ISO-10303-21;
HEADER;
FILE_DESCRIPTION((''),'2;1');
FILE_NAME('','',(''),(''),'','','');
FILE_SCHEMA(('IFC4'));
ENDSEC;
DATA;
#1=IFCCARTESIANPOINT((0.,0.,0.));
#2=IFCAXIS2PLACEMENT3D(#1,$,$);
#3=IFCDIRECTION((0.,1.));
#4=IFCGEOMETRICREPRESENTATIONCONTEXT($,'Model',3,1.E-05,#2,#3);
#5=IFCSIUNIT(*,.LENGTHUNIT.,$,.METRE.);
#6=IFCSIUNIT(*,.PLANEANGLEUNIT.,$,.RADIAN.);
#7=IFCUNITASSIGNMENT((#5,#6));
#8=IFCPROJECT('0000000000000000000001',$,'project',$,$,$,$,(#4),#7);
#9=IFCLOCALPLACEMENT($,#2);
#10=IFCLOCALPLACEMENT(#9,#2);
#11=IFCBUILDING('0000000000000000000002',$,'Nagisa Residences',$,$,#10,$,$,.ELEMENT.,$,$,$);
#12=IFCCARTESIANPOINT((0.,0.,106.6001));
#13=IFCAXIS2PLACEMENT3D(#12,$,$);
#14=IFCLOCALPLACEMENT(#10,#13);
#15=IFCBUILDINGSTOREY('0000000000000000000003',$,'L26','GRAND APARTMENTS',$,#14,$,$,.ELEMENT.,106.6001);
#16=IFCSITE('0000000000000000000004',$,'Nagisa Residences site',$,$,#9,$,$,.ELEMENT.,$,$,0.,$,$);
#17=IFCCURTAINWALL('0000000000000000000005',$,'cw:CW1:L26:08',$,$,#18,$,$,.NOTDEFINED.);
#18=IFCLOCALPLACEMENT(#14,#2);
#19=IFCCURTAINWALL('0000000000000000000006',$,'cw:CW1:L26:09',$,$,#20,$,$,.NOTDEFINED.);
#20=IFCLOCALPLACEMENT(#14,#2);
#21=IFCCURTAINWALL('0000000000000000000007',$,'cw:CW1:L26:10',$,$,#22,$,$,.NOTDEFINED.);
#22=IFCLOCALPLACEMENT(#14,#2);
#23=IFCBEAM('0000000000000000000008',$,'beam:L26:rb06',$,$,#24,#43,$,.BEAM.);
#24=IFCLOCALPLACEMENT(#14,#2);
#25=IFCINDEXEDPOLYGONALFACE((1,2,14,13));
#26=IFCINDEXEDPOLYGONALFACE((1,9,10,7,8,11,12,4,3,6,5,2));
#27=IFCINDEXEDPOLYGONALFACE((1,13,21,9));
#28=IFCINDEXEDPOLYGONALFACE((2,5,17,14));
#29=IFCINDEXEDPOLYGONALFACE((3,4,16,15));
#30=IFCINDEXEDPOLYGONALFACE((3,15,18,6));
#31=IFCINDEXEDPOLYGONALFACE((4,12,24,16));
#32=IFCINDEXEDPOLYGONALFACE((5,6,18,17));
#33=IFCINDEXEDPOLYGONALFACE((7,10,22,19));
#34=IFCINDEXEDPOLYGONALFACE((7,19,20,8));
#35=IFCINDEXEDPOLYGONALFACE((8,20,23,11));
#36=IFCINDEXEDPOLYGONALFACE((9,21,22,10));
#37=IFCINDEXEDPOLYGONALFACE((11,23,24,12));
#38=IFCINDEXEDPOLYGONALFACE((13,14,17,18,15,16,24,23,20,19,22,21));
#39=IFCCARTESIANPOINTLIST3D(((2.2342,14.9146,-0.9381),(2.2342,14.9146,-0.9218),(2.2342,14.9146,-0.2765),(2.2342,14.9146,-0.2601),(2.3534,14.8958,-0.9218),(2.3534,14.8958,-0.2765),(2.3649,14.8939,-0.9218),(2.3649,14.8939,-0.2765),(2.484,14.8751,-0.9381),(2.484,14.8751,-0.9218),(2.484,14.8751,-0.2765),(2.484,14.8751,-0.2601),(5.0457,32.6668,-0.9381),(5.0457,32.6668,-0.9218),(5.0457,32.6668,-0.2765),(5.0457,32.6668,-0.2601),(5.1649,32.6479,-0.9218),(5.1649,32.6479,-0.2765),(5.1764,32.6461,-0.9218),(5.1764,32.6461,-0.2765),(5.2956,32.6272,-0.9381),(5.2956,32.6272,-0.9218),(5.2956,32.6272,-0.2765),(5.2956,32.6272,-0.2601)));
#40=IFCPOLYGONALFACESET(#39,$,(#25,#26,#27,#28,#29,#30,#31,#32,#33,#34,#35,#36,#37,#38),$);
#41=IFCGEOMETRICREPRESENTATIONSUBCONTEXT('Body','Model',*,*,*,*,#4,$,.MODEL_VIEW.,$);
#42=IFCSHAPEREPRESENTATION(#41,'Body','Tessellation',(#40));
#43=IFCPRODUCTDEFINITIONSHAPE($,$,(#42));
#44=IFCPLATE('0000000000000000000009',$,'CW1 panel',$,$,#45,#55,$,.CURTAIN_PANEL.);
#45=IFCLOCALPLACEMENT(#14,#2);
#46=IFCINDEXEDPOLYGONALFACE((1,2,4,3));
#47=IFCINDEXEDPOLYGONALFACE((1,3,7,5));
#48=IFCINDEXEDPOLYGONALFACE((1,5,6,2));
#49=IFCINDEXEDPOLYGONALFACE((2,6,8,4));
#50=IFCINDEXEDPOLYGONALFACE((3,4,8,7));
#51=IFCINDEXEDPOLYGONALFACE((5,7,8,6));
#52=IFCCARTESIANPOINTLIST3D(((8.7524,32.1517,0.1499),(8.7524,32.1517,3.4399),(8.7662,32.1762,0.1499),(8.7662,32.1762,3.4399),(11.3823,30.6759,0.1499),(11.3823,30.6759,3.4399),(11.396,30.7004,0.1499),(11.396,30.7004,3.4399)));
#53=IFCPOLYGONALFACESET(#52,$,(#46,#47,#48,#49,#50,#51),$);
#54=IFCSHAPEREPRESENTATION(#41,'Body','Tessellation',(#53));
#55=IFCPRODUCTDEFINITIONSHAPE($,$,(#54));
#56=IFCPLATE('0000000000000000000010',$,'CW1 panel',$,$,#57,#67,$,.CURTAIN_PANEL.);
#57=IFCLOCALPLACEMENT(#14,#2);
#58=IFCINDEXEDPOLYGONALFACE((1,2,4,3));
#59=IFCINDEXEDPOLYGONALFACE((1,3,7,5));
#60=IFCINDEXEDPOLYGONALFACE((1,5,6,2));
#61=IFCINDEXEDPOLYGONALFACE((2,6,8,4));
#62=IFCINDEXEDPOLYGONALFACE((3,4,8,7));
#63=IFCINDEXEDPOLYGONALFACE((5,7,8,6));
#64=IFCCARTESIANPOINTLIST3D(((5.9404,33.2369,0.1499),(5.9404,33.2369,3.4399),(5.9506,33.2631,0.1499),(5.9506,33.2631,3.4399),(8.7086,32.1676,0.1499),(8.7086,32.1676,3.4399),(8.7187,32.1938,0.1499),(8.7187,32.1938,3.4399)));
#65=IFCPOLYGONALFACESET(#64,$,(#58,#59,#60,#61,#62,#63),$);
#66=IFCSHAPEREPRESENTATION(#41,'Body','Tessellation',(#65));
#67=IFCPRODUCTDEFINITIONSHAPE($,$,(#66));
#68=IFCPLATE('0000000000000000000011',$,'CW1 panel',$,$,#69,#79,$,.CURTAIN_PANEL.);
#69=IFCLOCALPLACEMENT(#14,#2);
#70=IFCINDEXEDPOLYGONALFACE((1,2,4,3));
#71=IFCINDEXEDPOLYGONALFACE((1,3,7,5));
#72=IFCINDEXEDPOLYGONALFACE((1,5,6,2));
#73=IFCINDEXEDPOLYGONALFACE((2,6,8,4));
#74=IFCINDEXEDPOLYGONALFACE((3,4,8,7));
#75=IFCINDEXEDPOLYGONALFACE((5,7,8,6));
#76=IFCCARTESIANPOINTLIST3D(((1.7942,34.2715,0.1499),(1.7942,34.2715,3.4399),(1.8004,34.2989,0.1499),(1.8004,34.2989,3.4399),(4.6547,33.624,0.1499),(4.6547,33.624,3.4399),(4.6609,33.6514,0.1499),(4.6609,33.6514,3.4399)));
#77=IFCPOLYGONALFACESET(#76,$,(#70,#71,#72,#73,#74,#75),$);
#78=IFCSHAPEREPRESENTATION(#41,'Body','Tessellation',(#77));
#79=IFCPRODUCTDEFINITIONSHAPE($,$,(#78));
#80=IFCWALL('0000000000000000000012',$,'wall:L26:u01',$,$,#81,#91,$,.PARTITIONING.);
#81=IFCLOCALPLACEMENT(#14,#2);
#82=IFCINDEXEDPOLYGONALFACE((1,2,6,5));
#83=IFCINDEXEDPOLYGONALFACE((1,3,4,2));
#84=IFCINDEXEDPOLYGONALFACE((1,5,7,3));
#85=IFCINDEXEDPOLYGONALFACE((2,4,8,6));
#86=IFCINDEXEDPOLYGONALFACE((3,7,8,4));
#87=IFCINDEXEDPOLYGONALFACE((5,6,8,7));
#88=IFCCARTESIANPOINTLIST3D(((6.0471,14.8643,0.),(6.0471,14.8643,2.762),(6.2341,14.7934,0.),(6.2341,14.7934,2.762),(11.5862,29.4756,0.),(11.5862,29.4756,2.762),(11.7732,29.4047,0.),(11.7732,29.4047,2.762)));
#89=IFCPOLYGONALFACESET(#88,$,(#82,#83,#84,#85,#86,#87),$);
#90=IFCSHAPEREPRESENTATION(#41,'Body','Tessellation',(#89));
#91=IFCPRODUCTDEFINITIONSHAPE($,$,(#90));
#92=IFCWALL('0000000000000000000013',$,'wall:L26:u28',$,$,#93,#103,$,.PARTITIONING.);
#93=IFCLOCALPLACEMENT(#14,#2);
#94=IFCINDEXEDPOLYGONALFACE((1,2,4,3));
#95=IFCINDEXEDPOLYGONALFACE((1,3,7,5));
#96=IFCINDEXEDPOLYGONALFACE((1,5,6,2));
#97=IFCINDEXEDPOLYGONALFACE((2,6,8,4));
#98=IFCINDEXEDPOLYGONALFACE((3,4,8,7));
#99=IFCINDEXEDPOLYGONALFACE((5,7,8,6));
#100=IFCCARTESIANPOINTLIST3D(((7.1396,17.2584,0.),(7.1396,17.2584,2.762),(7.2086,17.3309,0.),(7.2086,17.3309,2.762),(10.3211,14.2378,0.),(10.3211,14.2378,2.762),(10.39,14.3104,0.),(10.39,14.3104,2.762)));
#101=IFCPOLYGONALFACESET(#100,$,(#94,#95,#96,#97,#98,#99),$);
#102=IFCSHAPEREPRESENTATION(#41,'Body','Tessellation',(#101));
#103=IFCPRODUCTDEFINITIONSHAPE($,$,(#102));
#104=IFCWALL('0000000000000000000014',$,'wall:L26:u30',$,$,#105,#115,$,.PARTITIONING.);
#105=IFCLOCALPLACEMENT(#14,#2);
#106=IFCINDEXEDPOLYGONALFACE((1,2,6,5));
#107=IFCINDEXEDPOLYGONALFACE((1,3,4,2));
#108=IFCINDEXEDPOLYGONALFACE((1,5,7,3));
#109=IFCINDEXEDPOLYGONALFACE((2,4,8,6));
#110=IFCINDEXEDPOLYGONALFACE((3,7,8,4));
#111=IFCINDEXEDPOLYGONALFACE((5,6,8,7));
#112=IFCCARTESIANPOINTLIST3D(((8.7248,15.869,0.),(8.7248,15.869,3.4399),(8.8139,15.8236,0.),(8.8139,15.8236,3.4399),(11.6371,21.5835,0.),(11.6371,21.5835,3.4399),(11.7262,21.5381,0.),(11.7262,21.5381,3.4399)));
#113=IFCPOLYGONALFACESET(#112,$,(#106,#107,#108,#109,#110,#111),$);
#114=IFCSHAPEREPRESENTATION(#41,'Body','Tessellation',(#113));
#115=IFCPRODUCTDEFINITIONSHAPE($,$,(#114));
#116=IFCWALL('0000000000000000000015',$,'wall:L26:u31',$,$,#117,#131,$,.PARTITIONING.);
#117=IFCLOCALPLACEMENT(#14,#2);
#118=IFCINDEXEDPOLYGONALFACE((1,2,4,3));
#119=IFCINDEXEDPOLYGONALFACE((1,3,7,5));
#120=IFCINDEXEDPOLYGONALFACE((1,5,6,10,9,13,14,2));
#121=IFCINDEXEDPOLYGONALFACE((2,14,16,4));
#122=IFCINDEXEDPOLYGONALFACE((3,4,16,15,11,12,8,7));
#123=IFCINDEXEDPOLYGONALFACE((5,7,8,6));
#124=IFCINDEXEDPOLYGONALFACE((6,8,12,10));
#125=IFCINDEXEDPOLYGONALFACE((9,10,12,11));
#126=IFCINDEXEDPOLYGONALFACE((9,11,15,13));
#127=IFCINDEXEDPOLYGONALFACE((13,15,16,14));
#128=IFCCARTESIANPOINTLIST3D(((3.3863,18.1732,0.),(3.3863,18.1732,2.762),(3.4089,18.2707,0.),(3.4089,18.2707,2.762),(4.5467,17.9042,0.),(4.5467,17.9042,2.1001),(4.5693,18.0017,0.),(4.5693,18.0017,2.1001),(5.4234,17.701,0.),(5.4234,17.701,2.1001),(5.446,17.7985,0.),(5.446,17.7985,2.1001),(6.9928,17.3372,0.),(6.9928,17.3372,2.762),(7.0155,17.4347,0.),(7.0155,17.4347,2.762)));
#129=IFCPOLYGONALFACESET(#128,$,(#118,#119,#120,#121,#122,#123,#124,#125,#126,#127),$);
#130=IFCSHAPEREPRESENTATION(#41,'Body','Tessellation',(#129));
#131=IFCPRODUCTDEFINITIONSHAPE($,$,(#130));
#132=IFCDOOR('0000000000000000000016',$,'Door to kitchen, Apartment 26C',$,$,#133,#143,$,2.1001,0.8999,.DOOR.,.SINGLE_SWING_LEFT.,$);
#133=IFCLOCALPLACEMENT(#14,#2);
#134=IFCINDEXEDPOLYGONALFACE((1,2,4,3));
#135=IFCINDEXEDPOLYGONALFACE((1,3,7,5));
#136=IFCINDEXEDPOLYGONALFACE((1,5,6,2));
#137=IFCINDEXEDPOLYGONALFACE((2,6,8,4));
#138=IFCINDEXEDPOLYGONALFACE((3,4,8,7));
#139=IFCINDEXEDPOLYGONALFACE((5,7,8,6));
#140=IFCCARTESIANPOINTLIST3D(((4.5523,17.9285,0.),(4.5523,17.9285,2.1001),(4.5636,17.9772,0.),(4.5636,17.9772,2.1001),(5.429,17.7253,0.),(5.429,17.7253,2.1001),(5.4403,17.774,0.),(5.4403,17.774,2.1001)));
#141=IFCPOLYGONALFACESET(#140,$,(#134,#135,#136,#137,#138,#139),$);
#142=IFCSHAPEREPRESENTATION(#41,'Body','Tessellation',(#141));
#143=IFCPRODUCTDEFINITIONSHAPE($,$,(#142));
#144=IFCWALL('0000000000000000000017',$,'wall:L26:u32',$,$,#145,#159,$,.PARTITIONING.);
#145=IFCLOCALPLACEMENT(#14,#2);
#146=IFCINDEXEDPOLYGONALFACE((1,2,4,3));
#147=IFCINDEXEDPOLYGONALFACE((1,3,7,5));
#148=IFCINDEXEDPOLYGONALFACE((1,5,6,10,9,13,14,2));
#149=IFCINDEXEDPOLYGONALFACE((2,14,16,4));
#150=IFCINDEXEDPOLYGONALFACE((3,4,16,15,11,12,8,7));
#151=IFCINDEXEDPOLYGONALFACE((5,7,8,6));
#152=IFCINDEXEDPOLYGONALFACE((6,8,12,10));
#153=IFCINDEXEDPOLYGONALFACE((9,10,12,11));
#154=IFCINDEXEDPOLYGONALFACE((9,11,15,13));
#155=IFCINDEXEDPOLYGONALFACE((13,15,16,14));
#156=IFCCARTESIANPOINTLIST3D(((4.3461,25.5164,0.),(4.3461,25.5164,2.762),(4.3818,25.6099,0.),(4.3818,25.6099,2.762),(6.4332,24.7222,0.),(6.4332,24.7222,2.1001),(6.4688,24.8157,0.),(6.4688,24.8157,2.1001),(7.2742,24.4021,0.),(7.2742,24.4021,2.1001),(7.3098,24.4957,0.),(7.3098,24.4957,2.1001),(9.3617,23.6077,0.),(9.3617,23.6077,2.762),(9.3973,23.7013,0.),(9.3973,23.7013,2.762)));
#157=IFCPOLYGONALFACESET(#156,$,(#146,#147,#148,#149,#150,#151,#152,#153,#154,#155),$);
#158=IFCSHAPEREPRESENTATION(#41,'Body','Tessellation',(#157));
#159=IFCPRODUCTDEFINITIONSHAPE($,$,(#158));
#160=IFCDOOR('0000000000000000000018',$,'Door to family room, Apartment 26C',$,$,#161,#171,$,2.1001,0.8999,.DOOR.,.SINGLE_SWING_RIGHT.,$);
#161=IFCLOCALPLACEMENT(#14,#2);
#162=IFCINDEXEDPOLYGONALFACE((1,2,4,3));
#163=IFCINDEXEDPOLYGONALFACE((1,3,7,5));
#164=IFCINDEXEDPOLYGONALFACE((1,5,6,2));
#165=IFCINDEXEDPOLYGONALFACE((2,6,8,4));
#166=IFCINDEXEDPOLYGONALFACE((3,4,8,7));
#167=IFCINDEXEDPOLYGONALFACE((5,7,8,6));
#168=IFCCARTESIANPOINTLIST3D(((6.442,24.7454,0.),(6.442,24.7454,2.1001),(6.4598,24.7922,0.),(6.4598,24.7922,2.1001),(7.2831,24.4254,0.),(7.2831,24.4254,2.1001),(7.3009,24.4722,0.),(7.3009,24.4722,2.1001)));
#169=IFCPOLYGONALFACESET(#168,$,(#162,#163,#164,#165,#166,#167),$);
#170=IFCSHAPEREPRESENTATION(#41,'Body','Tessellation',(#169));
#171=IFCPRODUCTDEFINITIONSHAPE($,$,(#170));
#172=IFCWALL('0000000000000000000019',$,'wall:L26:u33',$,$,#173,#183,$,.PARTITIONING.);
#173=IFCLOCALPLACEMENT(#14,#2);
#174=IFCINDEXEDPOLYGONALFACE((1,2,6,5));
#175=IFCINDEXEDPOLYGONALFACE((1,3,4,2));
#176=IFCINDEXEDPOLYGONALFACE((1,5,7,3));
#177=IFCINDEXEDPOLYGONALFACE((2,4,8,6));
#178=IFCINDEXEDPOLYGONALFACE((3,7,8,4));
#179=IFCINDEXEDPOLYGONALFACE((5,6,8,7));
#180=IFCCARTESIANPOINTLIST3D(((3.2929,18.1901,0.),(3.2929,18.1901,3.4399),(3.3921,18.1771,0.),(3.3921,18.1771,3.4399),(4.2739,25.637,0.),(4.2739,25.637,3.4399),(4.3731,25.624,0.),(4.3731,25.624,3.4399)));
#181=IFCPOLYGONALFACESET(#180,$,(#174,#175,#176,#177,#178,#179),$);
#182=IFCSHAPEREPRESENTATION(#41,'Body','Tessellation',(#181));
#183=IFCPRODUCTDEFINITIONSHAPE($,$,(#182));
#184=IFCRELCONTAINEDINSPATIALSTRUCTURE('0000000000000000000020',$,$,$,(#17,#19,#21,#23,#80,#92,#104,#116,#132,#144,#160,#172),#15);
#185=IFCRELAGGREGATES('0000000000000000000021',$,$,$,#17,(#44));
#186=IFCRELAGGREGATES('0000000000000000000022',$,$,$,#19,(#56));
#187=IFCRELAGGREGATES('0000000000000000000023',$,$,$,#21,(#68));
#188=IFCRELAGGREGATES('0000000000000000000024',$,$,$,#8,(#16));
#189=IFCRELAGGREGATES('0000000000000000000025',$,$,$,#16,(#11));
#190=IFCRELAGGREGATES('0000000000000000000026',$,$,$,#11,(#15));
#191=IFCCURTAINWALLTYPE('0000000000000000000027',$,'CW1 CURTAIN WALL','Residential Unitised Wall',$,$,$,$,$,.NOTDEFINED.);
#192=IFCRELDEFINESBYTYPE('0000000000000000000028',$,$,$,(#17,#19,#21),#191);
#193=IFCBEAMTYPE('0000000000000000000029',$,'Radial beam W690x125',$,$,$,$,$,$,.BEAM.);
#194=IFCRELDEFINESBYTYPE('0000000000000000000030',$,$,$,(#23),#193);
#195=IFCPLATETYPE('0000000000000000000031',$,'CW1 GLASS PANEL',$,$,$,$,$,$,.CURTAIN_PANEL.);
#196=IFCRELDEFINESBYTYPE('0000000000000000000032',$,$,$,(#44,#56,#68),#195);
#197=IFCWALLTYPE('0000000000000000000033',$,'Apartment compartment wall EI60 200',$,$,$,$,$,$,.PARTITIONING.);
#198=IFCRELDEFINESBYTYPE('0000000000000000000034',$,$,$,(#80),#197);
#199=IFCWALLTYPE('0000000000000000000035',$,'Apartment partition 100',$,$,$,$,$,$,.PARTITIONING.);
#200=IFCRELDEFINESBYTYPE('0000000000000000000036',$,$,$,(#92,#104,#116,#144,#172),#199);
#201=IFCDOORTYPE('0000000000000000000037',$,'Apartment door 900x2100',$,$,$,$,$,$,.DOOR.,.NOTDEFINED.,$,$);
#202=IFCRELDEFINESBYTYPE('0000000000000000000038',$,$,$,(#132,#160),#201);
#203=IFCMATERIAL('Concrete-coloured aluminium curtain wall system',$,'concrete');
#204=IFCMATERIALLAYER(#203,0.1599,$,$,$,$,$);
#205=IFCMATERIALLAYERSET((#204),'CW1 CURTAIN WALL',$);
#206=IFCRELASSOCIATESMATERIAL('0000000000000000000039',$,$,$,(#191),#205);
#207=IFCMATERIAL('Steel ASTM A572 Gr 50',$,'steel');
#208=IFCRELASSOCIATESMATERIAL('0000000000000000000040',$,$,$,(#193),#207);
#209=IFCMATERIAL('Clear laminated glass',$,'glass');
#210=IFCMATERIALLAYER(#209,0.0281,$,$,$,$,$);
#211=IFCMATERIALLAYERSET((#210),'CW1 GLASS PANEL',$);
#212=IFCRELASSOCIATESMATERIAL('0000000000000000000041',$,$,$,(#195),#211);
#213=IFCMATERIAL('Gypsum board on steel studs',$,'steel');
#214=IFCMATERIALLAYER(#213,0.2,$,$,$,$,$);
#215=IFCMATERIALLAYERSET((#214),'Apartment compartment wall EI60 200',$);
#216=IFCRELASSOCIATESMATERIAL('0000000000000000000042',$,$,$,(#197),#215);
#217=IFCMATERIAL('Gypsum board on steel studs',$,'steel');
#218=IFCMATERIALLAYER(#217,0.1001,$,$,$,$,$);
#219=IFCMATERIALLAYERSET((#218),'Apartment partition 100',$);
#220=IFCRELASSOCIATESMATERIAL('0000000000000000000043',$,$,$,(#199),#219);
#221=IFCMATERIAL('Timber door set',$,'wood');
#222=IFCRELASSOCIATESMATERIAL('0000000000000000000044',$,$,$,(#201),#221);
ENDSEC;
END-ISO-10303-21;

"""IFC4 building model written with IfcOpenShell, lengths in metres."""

from ifc_helpers import new_model, si_unit, direction, frame, frame_2d, origin, origin_2d, place, context, subcontext, project, spatial, rectangle, i_section, extrude, material, layer, layer_set, material_profile, profile_set, type_object, element, fill, aggregate, save


model = new_model("IFC4")

# Units and contexts
model_context = context("Model", 3, precision=1e-05, world=origin(), true_north=direction((0.0, 1.0)))
body_context = subcontext(model_context, "Body", "Model", "MODEL_VIEW")
ifc_project = project(units=[si_unit("LENGTHUNIT", "METRE"), si_unit("PLANEANGLEUNIT", "RADIAN")], contexts=[model_context])

# Site, building, storey
site_placement = place(None, origin())
site = spatial("IfcSite", under=ifc_project, at=site_placement, Name="Nagisa Residences site", CompositionType="ELEMENT", RefElevation=0.0)
building_placement = place(site_placement, origin())
building = spatial("IfcBuilding", under=site, at=building_placement, Name="Nagisa Residences", CompositionType="ELEMENT")
storey_placement = place(building_placement, frame((0.0, 0.0, 106.6001)))
storey = spatial("IfcBuildingStorey", under=building, at=storey_placement, Name="L26", Description="GRAND APARTMENTS", CompositionType="ELEMENT", Elevation=106.6001)

# Curtain walls
ifc_material_1 = material(Name="Concrete-coloured aluminium curtain wall system", Category="concrete")
ifc_layer_1 = layer(ifc_material_1, 0.1599)
ifc_layer_set_1 = layer_set([ifc_layer_1], Name="CW1 CURTAIN WALL")
curtain_wall_type = type_object("IfcCurtainWallType", Name="CW1 CURTAIN WALL", Description="Residential Unitised Wall", PredefinedType="NOTDEFINED", material=ifc_layer_set_1)
curtain_wall_1_placement = place(storey_placement, origin())
curtain_wall_1 = element("IfcCurtainWall", 1, at=curtain_wall_1_placement, inside=storey, type_object=curtain_wall_type, Name="cw:CW1:L26:08", PredefinedType="NOTDEFINED")
curtain_wall_2_placement = place(storey_placement, origin())
curtain_wall_2 = element("IfcCurtainWall", 2, at=curtain_wall_2_placement, inside=storey, type_object=curtain_wall_type, Name="cw:CW1:L26:09", PredefinedType="NOTDEFINED")
curtain_wall_3_placement = place(storey_placement, origin())
curtain_wall_3 = element("IfcCurtainWall", 3, at=curtain_wall_3_placement, inside=storey, type_object=curtain_wall_type, Name="cw:CW1:L26:10", PredefinedType="NOTDEFINED")

# Beam
ifc_material_2 = material(Name="Steel ASTM A572 Gr 50", Category="steel")
ifc_material_profile_1 = material_profile(ifc_material_2, i_section(OverallWidth=0.2529, OverallDepth=0.678, WebThickness=0.0117, FlangeThickness=0.0164, at=origin_2d()), Name="W690x125")
ifc_profile_set_1 = profile_set([ifc_material_profile_1], Name="Steel ASTM A572 Gr 50")
beam_type_1 = type_object("IfcBeamType", Name="Radial beam W690x125", PredefinedType="BEAM", material=ifc_profile_set_1)
beam_1_placement = place(storey_placement, frame((5.1707, 32.647, -0.5991), z_axis=(-0.156426, -0.98769, 0.0), x_axis=(0.98769, -0.156426, 0.0)))
element("IfcBeam", 4, at=beam_1_placement, inside=storey, type_object=beam_type_1, Name="beam:L26:rb06", PredefinedType="BEAM", context=body_context, shape_type="SweptSolid", body=[
    extrude(i_section(OverallWidth=0.2529, OverallDepth=0.678, WebThickness=0.0117, FlangeThickness=0.0164, at=origin_2d()), origin(), (0.0, 0.0, 1.0), 17.9734),
])

# Plates
ifc_material_3 = material(Name="Clear laminated glass", Category="glass")
ifc_layer_2 = layer(ifc_material_3, 0.0281)
ifc_layer_set_2 = layer_set([ifc_layer_2], Name="CW1 GLASS PANEL")
plate_type = type_object("IfcPlateType", Name="CW1 GLASS PANEL", PredefinedType="CURTAIN_PANEL", material=ifc_layer_set_2)
plate_1_placement = place(storey_placement, frame((10.0742, 31.426, 0.1499), z_axis=(0.0, 0.0, 1.0), x_axis=(-0.872072, 0.489377, 0.0)))
plate_1 = element("IfcPlate", 5, at=plate_1_placement, type_object=plate_type, Name="CW1 panel", PredefinedType="CURTAIN_PANEL", context=body_context, shape_type="SweptSolid", body=[
    extrude(rectangle(XDim=3.0156, YDim=0.0281, at=origin_2d()), origin(), (0.0, 0.0, 1.0), 3.29),
])
aggregate(curtain_wall_1, [plate_1])
plate_2_placement = place(storey_placement, frame((7.3296, 32.7153, 0.1499), z_axis=(0.0, 0.0, 1.0), x_axis=(-0.932826, 0.360328, 0.0)))
plate_2 = element("IfcPlate", 6, at=plate_2_placement, type_object=plate_type, Name="CW1 panel", PredefinedType="CURTAIN_PANEL", context=body_context, shape_type="SweptSolid", body=[
    extrude(rectangle(XDim=2.9675, YDim=0.0281, at=origin_2d()), origin(), (0.0, 0.0, 1.0), 3.29),
])
aggregate(curtain_wall_2, [plate_2])
plate_3_placement = place(storey_placement, frame((3.2275, 33.9614, 0.1499), z_axis=(0.0, 0.0, 1.0), x_axis=(-0.975327, 0.220764, 0.0)))
plate_3 = element("IfcPlate", 7, at=plate_3_placement, type_object=plate_type, Name="CW1 panel", PredefinedType="CURTAIN_PANEL", context=body_context, shape_type="SweptSolid", body=[
    extrude(rectangle(XDim=2.9329, YDim=0.0281, at=origin_2d()), origin(), (0.0, 0.0, 1.0), 3.29),
])
aggregate(curtain_wall_3, [plate_3])

# Walls
ifc_material_4 = material(Name="Gypsum board on steel studs", Category="steel")
ifc_layer_3 = layer(ifc_material_4, 0.2)
ifc_layer_set_3 = layer_set([ifc_layer_3], Name="Apartment compartment wall EI60 200")
wall_type_1 = type_object("IfcWallType", Name="Apartment compartment wall EI60 200", PredefinedType="PARTITIONING", material=ifc_layer_set_3)
wall_1_placement = place(storey_placement, frame((6.1406, 14.8289, 0.0), z_axis=(0.0, 0.0, 1.0), x_axis=(0.354477, 0.935065, 0.0)))
element("IfcWall", 8, at=wall_1_placement, inside=storey, type_object=wall_type_1, Name="wall:L26:u01", PredefinedType="PARTITIONING", context=body_context, shape_type="SweptSolid", body=[
    extrude(rectangle(XDim=15.626, YDim=0.2, at=frame_2d((7.813, 0.0))), origin(), (0.0, 0.0, 1.0), 2.762),
])
ifc_material_5 = material(Name="Gypsum board on steel studs", Category="steel")
ifc_layer_4 = layer(ifc_material_5, 0.1001)
ifc_layer_set_4 = layer_set([ifc_layer_4], Name="Apartment partition 100")
wall_type_2 = type_object("IfcWallType", Name="Apartment partition 100", PredefinedType="PARTITIONING", material=ifc_layer_set_4)
wall_2_placement = place(storey_placement, frame((10.3555, 14.2742, 0.0), z_axis=(0.0, 0.0, 1.0), x_axis=(-0.725206, 0.688532, 0.0)))
element("IfcWall", 9, at=wall_2_placement, inside=storey, type_object=wall_type_2, Name="wall:L26:u28", PredefinedType="PARTITIONING", context=body_context, shape_type="SweptSolid", body=[
    extrude(rectangle(XDim=4.387, YDim=0.1001, at=frame_2d((2.1934, 0.0))), origin(), (0.0, 0.0, 1.0), 2.762),
])
wall_3_placement = place(storey_placement, frame((8.7693, 15.8462, 0.0), z_axis=(0.0, 0.0, 1.0), x_axis=(0.454067, 0.890967, 0.0)))
element("IfcWall", 10, at=wall_3_placement, inside=storey, type_object=wall_type_2, Name="wall:L26:u30", PredefinedType="PARTITIONING", context=body_context, shape_type="SweptSolid", body=[
    extrude(rectangle(XDim=6.4138, YDim=0.1001, at=frame_2d((3.207, 0.0))), origin(), (0.0, 0.0, 1.0), 3.4399),
])

# Walls, openings, doors
wall_4_placement = place(storey_placement, frame((7.0042, 17.386, 0.0), z_axis=(0.0, 0.0, 1.0), x_axis=(-0.974173, 0.225803, 0.0)))
wall_4 = element("IfcWall", 11, at=wall_4_placement, inside=storey, type_object=wall_type_2, Name="wall:L26:u31", PredefinedType="PARTITIONING", context=body_context, shape_type="SweptSolid", body=[
    extrude(rectangle(XDim=3.7021, YDim=0.1001, at=frame_2d((1.8511, 0.0))), origin(), (0.0, 0.0, 1.0), 2.762),
])
opening_1_placement = place(wall_4_placement, frame((1.6111, 0.0, 0.0)))
opening_1 = element("IfcOpeningElement", 12, at=opening_1_placement, cuts=wall_4, PredefinedType="OPENING", context=body_context, shape_type="SweptSolid", body=[
    extrude(rectangle(XDim=0.8999, YDim=2.1001, at=frame_2d((0.45, 1.05))), frame((0.0, 0.0601, 0.0), z_axis=(0.0, -1.0, 0.0), x_axis=(1.0, 0.0, 0.0)), (0.0, 0.0, 1.0), 0.1201),
])
ifc_material_6 = material(Name="Timber door set", Category="wood")
door_type = type_object("IfcDoorType", Name="Apartment door 900x2100", OperationType="NOTDEFINED", PredefinedType="DOOR", material=ifc_material_6)
door_1_placement = place(opening_1_placement, frame((0.8999, 0.0, 0.0), x_axis=(-1.0, 0.0, 0.0)))
door_1 = element("IfcDoor", 13, at=door_1_placement, inside=storey, type_object=door_type, Name="Door to kitchen, Apartment 26C", OperationType="SINGLE_SWING_LEFT", OverallHeight=2.1001, OverallWidth=0.8999, PredefinedType="DOOR", context=body_context, shape_type="SweptSolid", body=[
    extrude(rectangle(XDim=0.8999, YDim=2.1001, at=frame_2d((0.45, 1.05))), frame((0.0, 0.0249, 0.0), z_axis=(0.0, -1.0, 0.0), x_axis=(1.0, 0.0, 0.0)), (0.0, 0.0, 1.0), 0.05),
])
fill(opening_1, door_1)
wall_5_placement = place(storey_placement, frame((9.3794, 23.6545, 0.0), z_axis=(0.0, 0.0, 1.0), x_axis=(-0.934613, 0.355666, 0.0)))
wall_5 = element("IfcWall", 14, at=wall_5_placement, inside=storey, type_object=wall_type_2, Name="wall:L26:u32", PredefinedType="PARTITIONING", context=body_context, shape_type="SweptSolid", body=[
    extrude(rectangle(XDim=5.3665, YDim=0.1001, at=frame_2d((2.6831, 0.0))), origin(), (0.0, 0.0, 1.0), 2.762),
])
opening_2_placement = place(wall_5_placement, frame((2.2334, 0.0, 0.0)))
opening_2 = element("IfcOpeningElement", 15, at=opening_2_placement, cuts=wall_5, PredefinedType="OPENING", context=body_context, shape_type="SweptSolid", body=[
    extrude(rectangle(XDim=0.8999, YDim=2.1001, at=frame_2d((0.45, 1.05))), frame((0.0, 0.0601, 0.0), z_axis=(0.0, -1.0, 0.0), x_axis=(1.0, 0.0, 0.0)), (0.0, 0.0, 1.0), 0.1201),
])
door_2_placement = place(opening_2_placement, frame((0.8999, 0.0, 0.0), x_axis=(-1.0, 0.0, 0.0)))
door_2 = element("IfcDoor", 16, at=door_2_placement, inside=storey, type_object=door_type, Name="Door to family room, Apartment 26C", OperationType="SINGLE_SWING_RIGHT", OverallHeight=2.1001, OverallWidth=0.8999, PredefinedType="DOOR", context=body_context, shape_type="SweptSolid", body=[
    extrude(rectangle(XDim=0.8999, YDim=2.1001, at=frame_2d((0.45, 1.05))), frame((0.0, 0.0249, 0.0), z_axis=(0.0, -1.0, 0.0), x_axis=(1.0, 0.0, 0.0)), (0.0, 0.0, 1.0), 0.05),
])
fill(opening_2, door_2)

# Wall
wall_6_placement = place(storey_placement, frame((3.3425, 18.1836, 0.0), z_axis=(0.0, 0.0, 1.0), x_axis=(0.130597, 0.991436, 0.0)))
element("IfcWall", 17, at=wall_6_placement, inside=storey, type_object=wall_type_2, Name="wall:L26:u33", PredefinedType="PARTITIONING", context=body_context, shape_type="SweptSolid", body=[
    extrude(rectangle(XDim=7.5112, YDim=0.1001, at=frame_2d((3.7556, 0.0))), origin(), (0.0, 0.0, 1.0), 3.4399),
])

save(model, "model.ifc")
